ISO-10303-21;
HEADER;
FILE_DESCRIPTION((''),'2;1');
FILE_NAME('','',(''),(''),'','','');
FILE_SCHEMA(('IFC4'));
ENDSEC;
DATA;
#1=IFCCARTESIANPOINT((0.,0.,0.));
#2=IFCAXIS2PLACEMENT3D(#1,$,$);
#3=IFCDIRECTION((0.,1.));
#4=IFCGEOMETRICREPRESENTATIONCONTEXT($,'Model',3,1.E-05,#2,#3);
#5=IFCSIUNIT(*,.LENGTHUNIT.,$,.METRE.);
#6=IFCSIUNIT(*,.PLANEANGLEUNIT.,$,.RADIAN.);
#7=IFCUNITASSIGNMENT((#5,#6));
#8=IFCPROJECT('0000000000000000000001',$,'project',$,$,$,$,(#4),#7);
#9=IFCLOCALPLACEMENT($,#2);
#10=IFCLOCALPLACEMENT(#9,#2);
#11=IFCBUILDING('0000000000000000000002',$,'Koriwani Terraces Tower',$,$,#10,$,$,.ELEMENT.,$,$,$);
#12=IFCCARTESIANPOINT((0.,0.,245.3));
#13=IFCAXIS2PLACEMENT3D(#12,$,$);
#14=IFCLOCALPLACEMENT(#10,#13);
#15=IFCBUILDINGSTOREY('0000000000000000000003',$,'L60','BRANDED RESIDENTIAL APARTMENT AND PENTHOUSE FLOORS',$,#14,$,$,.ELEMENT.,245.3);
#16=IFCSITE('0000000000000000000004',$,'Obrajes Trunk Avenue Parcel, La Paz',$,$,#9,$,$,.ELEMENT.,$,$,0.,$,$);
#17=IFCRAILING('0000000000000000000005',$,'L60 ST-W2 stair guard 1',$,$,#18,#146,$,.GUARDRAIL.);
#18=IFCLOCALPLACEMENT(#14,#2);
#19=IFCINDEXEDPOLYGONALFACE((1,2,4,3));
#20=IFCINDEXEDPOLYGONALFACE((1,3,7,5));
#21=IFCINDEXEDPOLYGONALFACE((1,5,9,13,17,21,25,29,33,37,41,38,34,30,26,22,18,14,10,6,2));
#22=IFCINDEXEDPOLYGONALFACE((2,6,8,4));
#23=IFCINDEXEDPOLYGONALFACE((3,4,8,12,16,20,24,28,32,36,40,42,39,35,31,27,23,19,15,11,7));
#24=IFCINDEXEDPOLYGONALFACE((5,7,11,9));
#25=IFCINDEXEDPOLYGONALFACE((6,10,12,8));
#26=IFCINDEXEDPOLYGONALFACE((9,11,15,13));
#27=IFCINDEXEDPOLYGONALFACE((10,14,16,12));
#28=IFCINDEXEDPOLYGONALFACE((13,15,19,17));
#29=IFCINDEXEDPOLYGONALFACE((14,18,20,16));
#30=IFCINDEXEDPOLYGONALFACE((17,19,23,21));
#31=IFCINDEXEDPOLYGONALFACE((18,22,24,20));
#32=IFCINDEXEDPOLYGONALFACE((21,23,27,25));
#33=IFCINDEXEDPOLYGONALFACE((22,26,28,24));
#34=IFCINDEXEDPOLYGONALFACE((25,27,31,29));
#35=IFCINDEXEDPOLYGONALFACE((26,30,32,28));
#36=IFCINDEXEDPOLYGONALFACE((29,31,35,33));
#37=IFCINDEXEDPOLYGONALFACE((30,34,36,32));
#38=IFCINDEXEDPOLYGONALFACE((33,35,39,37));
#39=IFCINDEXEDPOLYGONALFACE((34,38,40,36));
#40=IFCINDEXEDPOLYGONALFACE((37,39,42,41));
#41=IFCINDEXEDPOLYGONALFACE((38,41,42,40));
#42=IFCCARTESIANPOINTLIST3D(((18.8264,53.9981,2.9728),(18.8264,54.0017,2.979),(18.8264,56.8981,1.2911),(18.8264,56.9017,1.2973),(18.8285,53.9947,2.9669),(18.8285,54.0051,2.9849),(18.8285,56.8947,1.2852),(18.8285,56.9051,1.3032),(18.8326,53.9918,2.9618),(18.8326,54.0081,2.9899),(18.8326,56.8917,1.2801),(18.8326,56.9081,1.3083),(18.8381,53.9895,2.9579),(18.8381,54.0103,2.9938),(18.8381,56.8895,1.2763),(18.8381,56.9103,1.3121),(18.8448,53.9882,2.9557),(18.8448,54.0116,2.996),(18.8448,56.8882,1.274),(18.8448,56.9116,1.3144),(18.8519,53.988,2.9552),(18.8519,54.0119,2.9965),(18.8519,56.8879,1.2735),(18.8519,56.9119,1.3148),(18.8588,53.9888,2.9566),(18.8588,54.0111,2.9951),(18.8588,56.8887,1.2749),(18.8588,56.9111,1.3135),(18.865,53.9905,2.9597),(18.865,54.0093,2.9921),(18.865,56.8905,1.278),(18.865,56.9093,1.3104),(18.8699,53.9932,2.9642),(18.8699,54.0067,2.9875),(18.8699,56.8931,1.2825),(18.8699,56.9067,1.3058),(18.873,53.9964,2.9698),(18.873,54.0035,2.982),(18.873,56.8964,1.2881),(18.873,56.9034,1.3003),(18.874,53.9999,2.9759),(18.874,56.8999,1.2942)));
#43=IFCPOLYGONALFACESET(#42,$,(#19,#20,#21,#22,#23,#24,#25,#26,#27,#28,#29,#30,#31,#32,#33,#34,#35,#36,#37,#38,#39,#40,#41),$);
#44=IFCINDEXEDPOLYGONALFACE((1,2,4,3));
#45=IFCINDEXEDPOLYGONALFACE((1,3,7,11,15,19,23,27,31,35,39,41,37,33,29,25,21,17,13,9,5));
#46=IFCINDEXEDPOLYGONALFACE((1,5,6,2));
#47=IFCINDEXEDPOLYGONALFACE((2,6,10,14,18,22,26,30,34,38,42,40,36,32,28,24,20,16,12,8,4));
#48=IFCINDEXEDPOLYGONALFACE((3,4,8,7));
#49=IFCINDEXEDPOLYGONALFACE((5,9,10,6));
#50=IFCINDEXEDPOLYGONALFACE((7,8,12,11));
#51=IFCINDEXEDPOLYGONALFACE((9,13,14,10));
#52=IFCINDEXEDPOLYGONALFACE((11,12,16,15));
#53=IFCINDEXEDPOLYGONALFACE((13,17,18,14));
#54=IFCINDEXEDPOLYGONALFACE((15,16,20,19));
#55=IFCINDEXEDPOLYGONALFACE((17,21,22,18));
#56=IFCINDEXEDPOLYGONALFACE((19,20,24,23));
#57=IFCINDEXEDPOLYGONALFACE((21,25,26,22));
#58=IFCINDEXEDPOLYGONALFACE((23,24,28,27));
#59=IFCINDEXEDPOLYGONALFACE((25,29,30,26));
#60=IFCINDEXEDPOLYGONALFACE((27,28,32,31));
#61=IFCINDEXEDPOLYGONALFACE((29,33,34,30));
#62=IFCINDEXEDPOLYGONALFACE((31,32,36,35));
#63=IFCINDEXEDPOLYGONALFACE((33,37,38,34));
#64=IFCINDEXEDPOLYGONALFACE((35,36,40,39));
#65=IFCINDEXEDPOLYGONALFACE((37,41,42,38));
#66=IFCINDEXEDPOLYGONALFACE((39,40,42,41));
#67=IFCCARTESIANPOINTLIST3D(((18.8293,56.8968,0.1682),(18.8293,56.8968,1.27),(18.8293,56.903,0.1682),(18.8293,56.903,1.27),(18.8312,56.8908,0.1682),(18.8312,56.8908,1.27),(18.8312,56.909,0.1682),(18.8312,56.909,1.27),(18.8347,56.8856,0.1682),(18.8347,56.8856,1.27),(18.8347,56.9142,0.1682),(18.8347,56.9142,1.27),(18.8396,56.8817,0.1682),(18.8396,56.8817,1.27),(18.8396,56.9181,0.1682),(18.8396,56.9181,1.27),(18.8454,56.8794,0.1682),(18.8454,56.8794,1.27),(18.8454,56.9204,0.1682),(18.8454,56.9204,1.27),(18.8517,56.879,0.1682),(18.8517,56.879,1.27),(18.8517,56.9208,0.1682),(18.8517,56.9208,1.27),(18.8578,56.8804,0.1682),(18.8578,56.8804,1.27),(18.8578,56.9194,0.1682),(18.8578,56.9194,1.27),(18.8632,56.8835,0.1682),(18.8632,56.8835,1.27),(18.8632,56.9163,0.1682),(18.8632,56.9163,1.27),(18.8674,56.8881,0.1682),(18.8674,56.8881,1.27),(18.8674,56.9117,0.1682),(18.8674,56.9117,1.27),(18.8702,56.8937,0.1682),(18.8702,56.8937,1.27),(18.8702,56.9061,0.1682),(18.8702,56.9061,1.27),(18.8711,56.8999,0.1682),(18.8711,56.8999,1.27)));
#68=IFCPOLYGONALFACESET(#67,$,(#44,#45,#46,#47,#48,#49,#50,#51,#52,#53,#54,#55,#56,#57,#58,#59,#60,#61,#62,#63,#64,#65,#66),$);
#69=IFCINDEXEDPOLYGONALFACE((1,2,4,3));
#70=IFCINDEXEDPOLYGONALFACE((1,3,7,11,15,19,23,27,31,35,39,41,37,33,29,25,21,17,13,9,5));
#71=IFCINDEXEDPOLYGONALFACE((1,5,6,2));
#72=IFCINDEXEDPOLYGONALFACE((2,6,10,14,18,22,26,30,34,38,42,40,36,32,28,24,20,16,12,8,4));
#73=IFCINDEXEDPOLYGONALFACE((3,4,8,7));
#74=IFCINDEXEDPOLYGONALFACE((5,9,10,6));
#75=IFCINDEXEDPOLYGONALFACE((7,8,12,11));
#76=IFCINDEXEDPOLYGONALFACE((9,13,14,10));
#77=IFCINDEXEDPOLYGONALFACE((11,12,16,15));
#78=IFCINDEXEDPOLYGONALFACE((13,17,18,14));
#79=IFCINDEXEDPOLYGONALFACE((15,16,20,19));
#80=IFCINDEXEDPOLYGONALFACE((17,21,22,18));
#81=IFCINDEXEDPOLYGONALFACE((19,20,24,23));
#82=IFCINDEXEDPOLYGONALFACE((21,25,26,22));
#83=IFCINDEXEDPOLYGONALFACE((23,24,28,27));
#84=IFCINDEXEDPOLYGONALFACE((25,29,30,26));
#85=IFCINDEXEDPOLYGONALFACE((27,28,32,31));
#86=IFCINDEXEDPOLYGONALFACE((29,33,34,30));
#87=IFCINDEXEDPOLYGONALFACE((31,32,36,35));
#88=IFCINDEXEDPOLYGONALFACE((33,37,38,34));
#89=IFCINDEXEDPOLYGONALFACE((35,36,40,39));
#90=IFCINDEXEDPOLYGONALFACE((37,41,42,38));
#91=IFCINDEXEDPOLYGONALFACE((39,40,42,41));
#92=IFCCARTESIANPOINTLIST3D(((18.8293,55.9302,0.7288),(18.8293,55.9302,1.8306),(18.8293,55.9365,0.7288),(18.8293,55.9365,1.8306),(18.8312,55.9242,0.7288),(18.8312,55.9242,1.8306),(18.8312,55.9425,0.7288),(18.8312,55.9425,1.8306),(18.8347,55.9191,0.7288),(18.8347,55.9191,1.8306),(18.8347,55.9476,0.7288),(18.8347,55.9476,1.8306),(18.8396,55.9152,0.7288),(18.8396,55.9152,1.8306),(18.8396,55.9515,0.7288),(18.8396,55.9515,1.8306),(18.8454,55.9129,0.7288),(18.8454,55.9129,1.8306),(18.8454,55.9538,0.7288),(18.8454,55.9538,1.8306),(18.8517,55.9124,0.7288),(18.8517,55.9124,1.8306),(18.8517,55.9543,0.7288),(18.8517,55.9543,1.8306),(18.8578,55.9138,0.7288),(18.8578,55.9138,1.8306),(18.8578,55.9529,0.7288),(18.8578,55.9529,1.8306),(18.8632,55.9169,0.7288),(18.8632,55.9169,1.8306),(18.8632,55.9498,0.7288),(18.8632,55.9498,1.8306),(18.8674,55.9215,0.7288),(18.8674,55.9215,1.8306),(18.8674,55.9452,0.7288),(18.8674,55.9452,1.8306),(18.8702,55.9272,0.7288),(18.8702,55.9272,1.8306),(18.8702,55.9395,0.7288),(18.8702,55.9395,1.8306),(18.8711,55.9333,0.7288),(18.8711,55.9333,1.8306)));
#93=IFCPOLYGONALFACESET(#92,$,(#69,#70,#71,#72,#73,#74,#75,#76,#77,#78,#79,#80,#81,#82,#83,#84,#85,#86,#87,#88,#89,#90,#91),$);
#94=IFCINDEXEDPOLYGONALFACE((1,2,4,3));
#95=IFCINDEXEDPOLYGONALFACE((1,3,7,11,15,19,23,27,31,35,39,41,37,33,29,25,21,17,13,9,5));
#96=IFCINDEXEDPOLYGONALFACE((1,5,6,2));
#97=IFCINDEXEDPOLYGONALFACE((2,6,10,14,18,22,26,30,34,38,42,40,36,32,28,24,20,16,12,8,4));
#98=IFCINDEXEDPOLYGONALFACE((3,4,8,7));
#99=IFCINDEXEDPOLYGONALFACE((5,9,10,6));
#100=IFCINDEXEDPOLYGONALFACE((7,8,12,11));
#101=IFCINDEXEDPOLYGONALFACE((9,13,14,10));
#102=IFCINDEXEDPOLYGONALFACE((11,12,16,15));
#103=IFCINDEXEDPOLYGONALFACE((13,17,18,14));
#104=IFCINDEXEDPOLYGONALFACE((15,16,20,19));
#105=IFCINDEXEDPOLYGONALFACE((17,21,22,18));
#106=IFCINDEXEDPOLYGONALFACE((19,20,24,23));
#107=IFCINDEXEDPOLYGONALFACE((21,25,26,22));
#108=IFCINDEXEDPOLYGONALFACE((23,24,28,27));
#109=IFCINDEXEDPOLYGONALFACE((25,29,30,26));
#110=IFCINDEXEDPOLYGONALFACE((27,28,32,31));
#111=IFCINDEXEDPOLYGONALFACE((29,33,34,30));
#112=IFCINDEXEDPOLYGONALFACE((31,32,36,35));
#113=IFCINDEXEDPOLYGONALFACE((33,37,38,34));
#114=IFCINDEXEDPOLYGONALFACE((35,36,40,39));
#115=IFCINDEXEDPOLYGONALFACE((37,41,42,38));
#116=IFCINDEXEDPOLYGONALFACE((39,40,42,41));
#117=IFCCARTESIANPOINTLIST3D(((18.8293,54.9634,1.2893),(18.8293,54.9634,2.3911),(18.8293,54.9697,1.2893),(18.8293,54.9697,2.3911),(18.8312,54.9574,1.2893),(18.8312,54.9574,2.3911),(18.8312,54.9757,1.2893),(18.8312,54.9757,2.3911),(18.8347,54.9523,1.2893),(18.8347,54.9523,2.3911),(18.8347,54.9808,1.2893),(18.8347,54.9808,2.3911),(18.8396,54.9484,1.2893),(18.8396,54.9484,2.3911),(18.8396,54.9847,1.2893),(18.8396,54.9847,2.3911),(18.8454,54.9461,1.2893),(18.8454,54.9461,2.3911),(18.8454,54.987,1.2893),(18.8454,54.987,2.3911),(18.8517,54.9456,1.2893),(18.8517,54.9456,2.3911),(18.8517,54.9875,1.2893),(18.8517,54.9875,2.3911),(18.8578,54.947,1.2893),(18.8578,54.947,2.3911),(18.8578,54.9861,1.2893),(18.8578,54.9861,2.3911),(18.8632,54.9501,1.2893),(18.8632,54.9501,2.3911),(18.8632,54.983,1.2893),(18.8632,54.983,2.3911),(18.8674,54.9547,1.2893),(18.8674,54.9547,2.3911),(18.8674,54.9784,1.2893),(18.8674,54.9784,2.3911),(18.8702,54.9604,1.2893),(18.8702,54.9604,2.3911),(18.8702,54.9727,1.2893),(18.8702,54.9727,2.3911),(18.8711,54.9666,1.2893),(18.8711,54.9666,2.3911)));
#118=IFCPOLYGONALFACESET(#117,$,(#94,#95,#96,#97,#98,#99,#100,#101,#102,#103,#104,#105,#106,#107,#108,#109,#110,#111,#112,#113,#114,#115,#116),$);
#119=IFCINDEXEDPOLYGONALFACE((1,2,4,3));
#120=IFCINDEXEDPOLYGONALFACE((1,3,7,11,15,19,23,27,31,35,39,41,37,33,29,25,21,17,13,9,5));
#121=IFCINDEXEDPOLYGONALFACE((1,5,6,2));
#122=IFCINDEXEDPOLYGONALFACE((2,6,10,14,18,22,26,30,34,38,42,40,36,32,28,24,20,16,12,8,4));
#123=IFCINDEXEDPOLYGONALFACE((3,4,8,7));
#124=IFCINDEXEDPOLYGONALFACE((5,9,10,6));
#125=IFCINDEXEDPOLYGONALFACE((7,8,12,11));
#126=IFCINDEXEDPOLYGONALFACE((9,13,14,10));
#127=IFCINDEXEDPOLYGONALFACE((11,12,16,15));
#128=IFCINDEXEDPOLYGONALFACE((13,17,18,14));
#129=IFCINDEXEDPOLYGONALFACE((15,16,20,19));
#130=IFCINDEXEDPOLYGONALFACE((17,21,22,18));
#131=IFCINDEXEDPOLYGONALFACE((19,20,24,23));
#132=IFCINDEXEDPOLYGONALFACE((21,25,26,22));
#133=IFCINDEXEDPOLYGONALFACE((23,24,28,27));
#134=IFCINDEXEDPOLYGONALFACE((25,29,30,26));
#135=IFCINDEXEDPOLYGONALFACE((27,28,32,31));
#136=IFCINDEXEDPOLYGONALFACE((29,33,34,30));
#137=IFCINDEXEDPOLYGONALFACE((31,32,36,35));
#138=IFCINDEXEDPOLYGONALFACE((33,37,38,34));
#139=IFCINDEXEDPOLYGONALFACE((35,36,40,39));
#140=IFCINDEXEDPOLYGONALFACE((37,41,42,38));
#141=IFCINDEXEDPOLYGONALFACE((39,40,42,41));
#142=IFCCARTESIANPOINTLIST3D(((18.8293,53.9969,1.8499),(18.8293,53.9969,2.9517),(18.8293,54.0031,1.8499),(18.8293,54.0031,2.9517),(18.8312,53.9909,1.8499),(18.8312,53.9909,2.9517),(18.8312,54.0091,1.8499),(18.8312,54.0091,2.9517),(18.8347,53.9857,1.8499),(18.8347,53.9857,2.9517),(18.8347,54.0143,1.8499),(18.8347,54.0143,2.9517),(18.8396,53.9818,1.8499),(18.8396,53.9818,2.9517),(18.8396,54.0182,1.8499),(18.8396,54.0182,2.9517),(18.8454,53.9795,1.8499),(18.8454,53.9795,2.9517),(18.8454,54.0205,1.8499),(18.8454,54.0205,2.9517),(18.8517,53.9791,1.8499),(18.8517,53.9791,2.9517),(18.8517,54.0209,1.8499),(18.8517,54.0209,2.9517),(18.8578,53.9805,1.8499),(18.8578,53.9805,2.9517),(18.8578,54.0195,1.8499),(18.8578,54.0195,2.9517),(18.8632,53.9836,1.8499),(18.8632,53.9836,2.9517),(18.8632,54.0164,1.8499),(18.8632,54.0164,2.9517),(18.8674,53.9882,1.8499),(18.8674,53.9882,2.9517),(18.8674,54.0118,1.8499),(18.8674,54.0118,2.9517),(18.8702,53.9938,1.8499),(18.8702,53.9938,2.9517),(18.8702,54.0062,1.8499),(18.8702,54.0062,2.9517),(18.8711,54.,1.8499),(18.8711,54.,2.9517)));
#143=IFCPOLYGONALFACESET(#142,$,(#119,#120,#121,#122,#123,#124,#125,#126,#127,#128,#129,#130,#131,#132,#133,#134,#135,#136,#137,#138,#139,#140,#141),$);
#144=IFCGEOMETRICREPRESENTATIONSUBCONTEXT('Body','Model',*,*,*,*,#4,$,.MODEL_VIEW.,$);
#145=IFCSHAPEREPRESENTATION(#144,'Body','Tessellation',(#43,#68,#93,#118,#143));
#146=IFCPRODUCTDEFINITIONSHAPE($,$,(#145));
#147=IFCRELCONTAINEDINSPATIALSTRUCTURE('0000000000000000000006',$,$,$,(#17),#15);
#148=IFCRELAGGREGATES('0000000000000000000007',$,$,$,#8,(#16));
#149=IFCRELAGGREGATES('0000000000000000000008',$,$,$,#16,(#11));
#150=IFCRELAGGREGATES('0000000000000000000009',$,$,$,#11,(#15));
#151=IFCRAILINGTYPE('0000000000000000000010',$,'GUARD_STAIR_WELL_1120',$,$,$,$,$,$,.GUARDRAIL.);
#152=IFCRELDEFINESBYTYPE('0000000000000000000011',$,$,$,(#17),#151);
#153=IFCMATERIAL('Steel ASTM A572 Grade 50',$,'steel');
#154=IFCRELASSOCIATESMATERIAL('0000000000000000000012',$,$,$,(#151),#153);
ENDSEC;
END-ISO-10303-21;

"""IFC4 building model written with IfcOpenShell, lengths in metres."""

from ifc_helpers import new_model, si_unit, direction, frame, origin, origin_2d, place, context, subcontext, project, spatial, circle, extrude, material, type_object, element, save


model = new_model("IFC4")

# Units and contexts
model_context = context("Model", 3, precision=1e-05, world=origin(), true_north=direction((0.0, 1.0)))
body_context = subcontext(model_context, "Body", "Model", "MODEL_VIEW")
ifc_project = project(units=[si_unit("LENGTHUNIT", "METRE"), si_unit("PLANEANGLEUNIT", "RADIAN")], contexts=[model_context])

# Site, building, storey
site_placement = place(None, origin())
site = spatial("IfcSite", under=ifc_project, at=site_placement, Name="Obrajes Trunk Avenue Parcel, La Paz", CompositionType="ELEMENT", RefElevation=0.0)
building_placement = place(site_placement, origin())
building = spatial("IfcBuilding", under=site, at=building_placement, Name="Koriwani Terraces Tower", CompositionType="ELEMENT")
storey_placement = place(building_placement, frame((0.0, 0.0, 245.3)))
storey = spatial("IfcBuildingStorey", under=building, at=storey_placement, Name="L60", Description="BRANDED RESIDENTIAL APARTMENT AND PENTHOUSE FLOORS", CompositionType="ELEMENT", Elevation=245.3)

# Shared definitions
ifc_material_1 = material(Name="Steel ASTM A572 Grade 50", Category="steel")

# Railing
railing_type_1 = type_object("IfcRailingType", Name="GUARD_STAIR_WELL_1120", PredefinedType="GUARDRAIL", material=ifc_material_1)
railing_1_placement = place(storey_placement, frame((18.8501, 56.8999, 0.1682)))
element("IfcRailing", 1, at=railing_1_placement, inside=storey, type_object=railing_type_1, Name="L60 ST-W2 stair guard 1", PredefinedType="GUARDRAIL", context=body_context, shape_type="SweptSolid", body=[
    extrude(circle(Radius=0.0239, at=origin_2d()), frame((0.0, 0.0, 1.126), z_axis=(0.0, -0.86507, 0.501651), x_axis=(1.0, 0.0, 0.0)), (0.0, 0.0, 1.0), 3.3523),
    extrude(circle(Radius=0.021, at=origin_2d()), origin(), (0.0, 0.0, 1.0), 1.1018),
    extrude(circle(Radius=0.021, at=origin_2d()), frame((0.0, -0.9666, 0.5605)), (0.0, 0.0, 1.0), 1.1018),
    extrude(circle(Radius=0.021, at=origin_2d()), frame((0.0, -1.9333, 1.1211)), (0.0, 0.0, 1.0), 1.1018),
    extrude(circle(Radius=0.021, at=origin_2d()), frame((0.0, -2.8999, 1.6816)), (0.0, 0.0, 1.0), 1.1018),
])

save(model, "model.ifc")
